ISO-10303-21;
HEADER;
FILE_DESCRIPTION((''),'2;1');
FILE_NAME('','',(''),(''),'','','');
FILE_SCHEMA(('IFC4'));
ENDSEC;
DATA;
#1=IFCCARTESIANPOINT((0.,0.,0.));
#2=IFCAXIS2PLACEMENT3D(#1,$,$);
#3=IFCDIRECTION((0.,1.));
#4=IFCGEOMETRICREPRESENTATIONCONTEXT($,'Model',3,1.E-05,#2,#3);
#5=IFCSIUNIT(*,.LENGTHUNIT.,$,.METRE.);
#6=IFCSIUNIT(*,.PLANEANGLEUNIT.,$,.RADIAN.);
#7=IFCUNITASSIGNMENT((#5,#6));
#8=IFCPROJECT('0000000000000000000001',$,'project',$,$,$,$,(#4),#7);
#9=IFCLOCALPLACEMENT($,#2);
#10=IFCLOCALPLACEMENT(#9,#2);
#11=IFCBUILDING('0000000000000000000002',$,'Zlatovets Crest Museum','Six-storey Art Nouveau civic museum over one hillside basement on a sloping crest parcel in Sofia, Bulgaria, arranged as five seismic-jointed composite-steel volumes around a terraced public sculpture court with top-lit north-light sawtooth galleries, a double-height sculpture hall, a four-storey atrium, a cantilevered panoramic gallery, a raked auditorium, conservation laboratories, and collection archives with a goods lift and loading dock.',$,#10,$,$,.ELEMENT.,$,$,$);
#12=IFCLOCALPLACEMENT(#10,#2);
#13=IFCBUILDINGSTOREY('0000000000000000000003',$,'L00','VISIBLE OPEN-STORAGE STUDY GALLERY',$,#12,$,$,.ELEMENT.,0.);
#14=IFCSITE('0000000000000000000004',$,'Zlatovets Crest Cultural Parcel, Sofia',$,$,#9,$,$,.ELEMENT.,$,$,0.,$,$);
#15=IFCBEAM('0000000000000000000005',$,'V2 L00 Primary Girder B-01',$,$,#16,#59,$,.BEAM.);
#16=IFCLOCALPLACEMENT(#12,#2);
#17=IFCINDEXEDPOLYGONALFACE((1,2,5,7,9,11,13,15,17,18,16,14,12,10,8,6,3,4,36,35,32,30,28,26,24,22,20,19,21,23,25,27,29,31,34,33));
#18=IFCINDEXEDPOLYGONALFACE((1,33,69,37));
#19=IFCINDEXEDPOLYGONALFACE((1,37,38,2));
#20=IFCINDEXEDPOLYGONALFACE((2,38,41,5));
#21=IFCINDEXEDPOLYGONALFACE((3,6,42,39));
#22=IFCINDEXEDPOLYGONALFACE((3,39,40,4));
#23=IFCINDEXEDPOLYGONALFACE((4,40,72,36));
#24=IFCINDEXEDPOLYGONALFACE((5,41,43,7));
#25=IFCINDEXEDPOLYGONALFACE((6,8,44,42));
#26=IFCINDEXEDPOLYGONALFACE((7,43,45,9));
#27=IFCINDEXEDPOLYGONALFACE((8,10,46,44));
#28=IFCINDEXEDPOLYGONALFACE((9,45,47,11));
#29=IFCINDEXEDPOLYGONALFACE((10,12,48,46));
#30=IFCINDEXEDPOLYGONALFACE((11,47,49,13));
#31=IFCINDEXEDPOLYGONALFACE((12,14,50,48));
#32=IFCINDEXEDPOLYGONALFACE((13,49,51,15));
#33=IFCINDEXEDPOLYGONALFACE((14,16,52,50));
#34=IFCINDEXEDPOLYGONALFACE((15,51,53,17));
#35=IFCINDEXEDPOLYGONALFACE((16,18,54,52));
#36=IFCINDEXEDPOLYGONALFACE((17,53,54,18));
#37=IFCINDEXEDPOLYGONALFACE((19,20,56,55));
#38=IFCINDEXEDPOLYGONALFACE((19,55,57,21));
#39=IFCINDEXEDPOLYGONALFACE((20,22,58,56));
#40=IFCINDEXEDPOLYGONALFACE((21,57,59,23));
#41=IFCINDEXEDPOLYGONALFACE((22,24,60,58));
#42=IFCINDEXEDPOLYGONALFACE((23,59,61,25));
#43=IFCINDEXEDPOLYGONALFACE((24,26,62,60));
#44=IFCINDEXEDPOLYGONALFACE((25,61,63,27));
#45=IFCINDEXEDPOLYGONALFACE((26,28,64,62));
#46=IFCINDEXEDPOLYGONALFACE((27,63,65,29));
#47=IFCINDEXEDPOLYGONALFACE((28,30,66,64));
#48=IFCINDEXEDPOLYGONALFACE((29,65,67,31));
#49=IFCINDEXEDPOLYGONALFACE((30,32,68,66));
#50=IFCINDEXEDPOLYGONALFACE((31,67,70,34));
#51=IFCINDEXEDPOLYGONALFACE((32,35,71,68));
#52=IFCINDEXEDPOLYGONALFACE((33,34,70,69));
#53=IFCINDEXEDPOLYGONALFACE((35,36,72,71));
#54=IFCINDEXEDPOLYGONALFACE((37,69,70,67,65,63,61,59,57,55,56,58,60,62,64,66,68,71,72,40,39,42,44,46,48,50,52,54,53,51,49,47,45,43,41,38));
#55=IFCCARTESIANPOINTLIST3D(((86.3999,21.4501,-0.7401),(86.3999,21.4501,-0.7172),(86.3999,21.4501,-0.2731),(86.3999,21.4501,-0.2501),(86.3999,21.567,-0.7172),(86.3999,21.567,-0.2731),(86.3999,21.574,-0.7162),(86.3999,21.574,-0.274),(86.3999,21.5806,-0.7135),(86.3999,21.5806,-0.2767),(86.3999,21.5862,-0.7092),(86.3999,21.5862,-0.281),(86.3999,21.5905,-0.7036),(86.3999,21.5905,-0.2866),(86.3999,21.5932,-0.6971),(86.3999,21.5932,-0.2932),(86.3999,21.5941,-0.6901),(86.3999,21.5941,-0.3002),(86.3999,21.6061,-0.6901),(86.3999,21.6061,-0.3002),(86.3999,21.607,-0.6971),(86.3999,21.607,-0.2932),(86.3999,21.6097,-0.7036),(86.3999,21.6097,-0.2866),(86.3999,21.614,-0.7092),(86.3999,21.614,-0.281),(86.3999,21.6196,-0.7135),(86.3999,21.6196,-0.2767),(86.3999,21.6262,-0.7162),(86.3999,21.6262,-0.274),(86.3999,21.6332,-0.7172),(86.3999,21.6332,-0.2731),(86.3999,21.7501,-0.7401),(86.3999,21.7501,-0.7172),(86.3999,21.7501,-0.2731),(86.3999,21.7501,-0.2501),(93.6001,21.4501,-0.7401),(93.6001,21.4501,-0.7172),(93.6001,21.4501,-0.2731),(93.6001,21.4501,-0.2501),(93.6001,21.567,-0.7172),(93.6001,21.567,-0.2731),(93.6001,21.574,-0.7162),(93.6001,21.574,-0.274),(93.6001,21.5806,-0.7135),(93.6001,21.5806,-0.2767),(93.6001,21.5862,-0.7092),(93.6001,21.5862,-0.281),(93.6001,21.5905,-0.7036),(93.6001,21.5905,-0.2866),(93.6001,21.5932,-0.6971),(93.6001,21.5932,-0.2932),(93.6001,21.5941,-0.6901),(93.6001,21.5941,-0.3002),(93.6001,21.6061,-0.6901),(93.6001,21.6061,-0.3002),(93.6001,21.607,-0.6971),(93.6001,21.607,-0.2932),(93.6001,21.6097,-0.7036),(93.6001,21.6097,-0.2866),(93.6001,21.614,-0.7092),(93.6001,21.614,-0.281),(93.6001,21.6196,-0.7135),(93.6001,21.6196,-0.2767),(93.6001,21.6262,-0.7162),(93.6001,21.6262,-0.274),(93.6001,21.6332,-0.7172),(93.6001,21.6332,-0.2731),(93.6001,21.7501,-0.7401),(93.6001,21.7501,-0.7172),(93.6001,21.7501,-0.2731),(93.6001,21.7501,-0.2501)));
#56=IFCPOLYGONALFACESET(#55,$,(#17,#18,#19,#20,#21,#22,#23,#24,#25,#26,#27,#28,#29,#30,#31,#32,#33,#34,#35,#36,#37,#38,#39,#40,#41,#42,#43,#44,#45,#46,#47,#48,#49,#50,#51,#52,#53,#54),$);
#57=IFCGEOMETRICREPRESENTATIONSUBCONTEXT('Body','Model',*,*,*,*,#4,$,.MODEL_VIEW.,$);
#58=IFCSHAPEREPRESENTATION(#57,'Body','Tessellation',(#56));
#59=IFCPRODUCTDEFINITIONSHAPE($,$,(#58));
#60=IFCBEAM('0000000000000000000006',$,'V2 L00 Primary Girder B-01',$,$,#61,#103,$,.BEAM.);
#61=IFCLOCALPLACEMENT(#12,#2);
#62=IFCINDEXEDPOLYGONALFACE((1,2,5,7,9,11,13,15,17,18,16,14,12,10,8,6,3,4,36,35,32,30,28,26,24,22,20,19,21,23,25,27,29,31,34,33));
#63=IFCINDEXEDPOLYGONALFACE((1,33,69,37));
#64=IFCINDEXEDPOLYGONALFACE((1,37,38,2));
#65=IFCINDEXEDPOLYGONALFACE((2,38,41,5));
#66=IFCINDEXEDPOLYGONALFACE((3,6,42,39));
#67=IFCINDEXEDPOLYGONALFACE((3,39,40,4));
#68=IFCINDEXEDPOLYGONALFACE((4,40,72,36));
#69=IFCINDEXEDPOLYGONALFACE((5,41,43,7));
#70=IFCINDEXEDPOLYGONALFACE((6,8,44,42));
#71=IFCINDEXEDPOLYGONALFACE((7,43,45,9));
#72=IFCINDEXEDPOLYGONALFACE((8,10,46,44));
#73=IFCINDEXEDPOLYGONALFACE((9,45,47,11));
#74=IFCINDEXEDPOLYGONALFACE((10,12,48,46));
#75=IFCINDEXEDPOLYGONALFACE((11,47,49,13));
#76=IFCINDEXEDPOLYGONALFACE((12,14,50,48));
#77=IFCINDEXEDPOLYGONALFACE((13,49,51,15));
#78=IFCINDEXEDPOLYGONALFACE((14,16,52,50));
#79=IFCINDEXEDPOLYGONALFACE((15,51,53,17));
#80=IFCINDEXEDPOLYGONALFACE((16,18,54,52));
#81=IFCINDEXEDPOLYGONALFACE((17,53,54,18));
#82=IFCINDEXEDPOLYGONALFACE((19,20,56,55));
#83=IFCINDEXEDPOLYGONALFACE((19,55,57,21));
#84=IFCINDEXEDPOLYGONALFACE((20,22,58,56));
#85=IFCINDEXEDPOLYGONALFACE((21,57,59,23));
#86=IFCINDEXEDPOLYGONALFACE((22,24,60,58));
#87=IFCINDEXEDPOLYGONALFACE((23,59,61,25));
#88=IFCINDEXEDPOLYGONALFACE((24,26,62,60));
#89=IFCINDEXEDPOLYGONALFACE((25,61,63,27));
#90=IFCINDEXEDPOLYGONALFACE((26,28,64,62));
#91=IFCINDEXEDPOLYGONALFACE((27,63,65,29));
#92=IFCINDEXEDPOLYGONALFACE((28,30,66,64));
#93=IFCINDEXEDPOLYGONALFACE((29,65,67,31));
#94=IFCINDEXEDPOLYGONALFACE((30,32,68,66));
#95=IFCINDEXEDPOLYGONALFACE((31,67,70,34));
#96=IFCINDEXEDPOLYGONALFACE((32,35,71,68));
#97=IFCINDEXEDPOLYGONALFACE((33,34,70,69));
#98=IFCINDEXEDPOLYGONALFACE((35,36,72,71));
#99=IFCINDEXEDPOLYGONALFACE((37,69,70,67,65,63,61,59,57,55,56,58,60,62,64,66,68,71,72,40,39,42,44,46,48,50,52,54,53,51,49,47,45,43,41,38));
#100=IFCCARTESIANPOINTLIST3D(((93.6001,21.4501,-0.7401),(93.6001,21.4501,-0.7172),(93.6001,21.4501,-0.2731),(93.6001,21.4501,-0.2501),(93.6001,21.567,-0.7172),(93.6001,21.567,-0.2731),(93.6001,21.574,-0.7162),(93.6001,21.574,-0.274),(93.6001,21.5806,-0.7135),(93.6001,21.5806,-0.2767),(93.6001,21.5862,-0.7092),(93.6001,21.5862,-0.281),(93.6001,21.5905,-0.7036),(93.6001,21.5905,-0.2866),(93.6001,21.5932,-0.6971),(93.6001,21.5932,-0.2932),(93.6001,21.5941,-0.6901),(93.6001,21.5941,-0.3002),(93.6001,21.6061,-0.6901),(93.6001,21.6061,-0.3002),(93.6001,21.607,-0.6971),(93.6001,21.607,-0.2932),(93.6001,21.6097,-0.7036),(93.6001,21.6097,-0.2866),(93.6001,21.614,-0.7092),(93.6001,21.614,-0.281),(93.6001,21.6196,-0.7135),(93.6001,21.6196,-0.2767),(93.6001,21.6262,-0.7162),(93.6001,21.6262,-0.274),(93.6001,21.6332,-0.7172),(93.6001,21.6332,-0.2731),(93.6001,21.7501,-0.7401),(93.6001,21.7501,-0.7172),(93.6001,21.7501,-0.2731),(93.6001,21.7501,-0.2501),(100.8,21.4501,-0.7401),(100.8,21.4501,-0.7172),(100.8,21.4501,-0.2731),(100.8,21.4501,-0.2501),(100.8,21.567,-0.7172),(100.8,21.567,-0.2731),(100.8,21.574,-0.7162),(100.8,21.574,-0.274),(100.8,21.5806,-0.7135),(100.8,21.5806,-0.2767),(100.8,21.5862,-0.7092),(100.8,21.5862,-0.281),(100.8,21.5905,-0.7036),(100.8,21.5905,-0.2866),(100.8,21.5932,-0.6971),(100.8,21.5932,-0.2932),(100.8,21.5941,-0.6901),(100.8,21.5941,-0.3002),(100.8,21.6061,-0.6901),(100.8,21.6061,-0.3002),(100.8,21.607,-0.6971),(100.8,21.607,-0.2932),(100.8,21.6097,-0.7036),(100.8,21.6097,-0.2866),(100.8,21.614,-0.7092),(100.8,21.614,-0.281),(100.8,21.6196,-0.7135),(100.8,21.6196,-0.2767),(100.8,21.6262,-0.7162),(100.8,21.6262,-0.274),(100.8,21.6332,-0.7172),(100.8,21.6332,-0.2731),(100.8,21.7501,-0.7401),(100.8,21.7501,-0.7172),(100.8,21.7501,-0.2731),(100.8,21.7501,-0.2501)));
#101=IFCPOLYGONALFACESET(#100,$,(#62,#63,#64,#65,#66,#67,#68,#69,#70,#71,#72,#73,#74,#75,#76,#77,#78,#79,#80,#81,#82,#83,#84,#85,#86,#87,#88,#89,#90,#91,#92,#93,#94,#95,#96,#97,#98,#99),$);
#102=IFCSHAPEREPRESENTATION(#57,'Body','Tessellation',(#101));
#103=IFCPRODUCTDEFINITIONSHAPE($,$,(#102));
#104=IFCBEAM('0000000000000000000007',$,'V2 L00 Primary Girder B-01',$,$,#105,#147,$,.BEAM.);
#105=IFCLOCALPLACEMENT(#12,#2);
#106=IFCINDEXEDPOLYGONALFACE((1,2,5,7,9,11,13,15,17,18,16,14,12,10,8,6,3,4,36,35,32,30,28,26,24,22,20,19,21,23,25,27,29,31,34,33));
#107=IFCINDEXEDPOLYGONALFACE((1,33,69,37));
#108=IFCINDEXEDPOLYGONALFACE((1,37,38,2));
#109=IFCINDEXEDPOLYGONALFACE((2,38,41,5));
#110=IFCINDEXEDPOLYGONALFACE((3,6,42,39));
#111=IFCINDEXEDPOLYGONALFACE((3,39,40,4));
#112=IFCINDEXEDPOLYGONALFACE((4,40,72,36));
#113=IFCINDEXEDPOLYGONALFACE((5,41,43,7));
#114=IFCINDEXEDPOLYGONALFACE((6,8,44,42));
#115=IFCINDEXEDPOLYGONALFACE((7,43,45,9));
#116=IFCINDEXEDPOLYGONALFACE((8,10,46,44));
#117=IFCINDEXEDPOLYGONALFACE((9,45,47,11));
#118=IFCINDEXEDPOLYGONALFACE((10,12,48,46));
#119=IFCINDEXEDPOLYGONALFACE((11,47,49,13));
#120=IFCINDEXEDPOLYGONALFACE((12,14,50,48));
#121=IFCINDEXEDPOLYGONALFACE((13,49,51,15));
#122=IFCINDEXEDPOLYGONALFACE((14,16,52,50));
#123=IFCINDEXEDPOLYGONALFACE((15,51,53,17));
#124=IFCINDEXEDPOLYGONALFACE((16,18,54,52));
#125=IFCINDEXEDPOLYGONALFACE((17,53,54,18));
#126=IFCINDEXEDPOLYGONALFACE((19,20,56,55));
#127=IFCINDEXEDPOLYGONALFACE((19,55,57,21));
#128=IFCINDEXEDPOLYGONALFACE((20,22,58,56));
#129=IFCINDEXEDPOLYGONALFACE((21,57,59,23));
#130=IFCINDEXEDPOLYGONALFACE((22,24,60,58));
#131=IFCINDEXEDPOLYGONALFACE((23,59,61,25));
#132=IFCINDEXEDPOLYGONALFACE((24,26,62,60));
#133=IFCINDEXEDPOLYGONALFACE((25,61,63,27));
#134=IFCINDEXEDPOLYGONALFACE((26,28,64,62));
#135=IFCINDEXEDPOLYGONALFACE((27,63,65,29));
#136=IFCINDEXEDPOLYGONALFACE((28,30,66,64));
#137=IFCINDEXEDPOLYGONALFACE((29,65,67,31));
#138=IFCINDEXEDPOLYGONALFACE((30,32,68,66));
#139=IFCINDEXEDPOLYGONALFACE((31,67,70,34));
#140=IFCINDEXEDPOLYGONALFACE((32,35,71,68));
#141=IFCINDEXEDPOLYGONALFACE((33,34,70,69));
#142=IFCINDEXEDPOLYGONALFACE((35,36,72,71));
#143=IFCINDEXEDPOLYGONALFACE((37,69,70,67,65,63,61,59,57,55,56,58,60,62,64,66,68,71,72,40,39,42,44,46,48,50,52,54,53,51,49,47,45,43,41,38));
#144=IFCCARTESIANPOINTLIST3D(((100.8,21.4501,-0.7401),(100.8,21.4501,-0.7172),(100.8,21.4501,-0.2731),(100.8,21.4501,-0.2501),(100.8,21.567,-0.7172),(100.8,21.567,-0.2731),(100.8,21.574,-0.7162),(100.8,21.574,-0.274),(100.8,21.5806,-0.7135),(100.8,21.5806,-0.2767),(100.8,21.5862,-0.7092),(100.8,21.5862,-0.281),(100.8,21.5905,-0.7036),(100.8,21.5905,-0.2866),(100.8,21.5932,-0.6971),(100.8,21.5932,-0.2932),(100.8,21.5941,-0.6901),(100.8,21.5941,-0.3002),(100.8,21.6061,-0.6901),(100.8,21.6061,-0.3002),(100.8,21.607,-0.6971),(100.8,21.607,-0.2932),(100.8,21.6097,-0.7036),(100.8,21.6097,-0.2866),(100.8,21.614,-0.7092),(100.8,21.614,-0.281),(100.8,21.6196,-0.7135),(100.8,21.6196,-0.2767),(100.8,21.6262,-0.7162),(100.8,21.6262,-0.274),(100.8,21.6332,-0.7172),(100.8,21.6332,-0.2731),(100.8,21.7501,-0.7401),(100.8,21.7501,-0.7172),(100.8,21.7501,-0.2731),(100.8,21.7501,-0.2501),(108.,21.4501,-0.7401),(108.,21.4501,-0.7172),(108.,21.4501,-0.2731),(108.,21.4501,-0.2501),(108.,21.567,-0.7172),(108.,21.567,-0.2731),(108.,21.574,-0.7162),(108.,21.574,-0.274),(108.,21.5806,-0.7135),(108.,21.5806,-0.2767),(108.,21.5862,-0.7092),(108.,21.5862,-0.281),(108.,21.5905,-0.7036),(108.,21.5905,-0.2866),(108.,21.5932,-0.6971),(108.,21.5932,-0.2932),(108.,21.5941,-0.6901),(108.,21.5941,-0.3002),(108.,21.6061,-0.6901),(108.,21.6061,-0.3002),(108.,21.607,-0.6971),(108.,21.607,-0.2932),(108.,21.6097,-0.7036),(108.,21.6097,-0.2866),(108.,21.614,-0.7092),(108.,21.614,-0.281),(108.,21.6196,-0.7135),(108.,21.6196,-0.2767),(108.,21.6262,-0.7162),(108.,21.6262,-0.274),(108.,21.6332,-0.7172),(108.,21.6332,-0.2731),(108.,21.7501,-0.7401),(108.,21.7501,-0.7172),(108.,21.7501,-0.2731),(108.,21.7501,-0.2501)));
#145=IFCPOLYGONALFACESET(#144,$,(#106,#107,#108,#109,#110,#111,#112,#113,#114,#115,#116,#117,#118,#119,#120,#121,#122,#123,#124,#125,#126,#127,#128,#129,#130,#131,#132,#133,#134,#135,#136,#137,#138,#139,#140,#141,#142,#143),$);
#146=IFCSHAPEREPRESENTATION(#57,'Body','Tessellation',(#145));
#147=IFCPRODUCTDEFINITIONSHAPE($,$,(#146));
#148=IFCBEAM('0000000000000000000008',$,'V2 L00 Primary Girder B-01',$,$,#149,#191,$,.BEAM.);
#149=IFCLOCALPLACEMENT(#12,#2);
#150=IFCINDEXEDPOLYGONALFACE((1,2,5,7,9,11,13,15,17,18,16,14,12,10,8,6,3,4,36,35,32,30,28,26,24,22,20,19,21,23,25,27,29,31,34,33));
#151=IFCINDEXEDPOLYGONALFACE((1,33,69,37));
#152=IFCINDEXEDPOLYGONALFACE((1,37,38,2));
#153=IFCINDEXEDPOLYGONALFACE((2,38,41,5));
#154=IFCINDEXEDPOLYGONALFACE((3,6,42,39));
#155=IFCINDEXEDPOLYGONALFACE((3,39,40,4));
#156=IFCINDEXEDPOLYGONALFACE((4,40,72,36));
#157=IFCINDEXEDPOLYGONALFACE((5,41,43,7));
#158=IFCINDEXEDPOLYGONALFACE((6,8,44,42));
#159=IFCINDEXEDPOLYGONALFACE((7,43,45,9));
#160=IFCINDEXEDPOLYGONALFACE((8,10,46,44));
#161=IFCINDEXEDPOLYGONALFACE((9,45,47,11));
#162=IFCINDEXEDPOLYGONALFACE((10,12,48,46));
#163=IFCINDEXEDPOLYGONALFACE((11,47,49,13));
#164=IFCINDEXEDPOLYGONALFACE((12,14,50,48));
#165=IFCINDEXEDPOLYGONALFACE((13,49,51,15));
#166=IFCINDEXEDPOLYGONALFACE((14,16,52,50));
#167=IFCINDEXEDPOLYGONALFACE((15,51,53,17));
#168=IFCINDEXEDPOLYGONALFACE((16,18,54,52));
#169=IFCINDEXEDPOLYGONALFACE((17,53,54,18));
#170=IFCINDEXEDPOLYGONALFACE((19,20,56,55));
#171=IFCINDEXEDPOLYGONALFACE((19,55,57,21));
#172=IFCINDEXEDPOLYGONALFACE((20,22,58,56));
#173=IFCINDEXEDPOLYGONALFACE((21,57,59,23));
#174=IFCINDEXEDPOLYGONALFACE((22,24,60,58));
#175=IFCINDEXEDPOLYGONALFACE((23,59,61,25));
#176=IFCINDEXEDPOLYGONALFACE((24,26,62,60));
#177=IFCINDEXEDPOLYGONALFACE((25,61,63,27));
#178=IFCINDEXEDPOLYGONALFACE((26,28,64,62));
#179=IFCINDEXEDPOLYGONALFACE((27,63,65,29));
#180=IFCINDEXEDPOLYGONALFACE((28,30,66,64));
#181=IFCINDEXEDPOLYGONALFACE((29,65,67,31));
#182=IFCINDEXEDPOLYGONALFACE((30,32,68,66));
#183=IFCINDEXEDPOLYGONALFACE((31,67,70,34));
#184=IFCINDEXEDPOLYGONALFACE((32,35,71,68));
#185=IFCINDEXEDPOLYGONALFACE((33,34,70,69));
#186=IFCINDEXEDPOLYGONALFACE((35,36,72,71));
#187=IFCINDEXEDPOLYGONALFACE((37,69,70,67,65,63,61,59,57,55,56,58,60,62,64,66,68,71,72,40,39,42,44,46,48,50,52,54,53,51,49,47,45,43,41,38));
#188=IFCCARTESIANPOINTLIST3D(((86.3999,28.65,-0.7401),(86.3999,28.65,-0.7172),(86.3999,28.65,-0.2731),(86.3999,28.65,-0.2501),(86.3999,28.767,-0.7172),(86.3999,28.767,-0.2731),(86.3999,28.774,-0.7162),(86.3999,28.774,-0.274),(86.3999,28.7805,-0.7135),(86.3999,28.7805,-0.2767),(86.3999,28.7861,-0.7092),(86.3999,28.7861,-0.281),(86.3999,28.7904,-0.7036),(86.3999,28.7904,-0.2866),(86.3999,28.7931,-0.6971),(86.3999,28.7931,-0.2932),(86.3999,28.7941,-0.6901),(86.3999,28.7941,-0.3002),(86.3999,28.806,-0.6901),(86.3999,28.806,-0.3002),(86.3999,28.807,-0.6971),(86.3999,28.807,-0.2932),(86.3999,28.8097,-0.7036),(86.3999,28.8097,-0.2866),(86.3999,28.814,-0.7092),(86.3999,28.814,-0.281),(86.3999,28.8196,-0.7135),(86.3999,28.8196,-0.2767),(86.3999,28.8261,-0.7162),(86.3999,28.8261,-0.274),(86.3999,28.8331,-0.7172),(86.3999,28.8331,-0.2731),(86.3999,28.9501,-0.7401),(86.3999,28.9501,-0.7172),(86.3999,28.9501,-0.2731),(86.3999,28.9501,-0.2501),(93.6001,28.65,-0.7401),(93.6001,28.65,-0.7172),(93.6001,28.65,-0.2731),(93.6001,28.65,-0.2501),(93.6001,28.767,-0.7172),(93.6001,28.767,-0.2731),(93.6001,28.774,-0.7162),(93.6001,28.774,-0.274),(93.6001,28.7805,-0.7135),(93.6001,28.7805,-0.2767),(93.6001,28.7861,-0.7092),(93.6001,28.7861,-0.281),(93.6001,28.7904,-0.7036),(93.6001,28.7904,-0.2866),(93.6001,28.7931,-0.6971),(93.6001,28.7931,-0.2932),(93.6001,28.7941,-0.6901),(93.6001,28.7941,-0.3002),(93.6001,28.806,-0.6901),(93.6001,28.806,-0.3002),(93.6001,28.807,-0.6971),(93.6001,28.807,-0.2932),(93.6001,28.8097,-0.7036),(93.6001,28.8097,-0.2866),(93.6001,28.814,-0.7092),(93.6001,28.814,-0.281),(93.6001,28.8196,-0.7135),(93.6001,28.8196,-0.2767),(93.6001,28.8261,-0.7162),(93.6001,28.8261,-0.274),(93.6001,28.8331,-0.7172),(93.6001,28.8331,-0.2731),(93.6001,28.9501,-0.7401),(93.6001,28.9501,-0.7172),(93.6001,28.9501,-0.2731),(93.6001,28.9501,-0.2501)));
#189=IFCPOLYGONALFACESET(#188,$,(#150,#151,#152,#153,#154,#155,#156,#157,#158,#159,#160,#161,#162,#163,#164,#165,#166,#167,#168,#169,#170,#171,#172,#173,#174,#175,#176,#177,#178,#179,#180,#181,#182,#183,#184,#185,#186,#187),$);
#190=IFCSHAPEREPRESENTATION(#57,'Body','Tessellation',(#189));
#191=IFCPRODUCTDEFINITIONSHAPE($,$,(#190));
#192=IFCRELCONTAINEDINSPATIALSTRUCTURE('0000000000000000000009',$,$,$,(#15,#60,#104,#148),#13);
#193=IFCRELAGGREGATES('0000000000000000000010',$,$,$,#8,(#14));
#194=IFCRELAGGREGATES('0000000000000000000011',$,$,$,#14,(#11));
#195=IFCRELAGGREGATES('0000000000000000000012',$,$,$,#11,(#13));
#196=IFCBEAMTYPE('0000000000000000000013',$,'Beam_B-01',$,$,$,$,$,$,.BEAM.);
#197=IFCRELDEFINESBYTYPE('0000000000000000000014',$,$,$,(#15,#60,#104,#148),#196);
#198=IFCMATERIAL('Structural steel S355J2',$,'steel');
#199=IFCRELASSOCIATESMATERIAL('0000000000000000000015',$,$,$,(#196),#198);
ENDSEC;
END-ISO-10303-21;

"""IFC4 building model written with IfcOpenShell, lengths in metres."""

from ifc_helpers import new_model, si_unit, direction, frame, origin, origin_2d, place, context, subcontext, project, spatial, i_section, extrude, material, material_profile, profile_set, type_object, element, save


model = new_model("IFC4")

# Units and contexts
model_context = context("Model", 3, precision=1e-05, world=origin(), true_north=direction((0.0, 1.0)))
body_context = subcontext(model_context, "Body", "Model", "MODEL_VIEW")
ifc_project = project(units=[si_unit("LENGTHUNIT", "METRE"), si_unit("PLANEANGLEUNIT", "RADIAN")], contexts=[model_context])

# Site, building, storey
site_placement = place(None, origin())
site = spatial("IfcSite", under=ifc_project, at=site_placement, Name="Zlatovets Crest Cultural Parcel, Sofia", CompositionType="ELEMENT", RefElevation=0.0)
building_placement = place(site_placement, origin())
building = spatial("IfcBuilding", under=site, at=building_placement, Name="Zlatovets Crest Museum", Description="Six-storey Art Nouveau civic museum over one hillside basement on a sloping crest parcel in Sofia, Bulgaria, arranged as five seismic-jointed composite-steel volumes around a terraced public sculpture court with top-lit north-light sawtooth galleries, a double-height sculpture hall, a four-storey atrium, a cantilevered panoramic gallery, a raked auditorium, conservation laboratories, and collection archives with a goods lift and loading dock.", CompositionType="ELEMENT")
storey_placement = place(building_placement, origin())
storey = spatial("IfcBuildingStorey", under=building, at=storey_placement, Name="L00", Description="VISIBLE OPEN-STORAGE STUDY GALLERY", CompositionType="ELEMENT", Elevation=0.0)

# Shared definitions
ifc_material_1 = material(Name="Structural steel S355J2", Category="steel")

# Beams
ifc_material_profile_1 = material_profile(ifc_material_1, i_section(OverallWidth=0.3, OverallDepth=0.49, WebThickness=0.012, FlangeThickness=0.0229, FilletRadius=0.0271, at=origin_2d()), Name="HEA 500")
ifc_profile_set_1 = profile_set([ifc_material_profile_1], Name="Structural steel S355J2")
beam_type_1 = type_object("IfcBeamType", Name="Beam_B-01", PredefinedType="BEAM", material=ifc_profile_set_1)
beam_1_placement = place(storey_placement, frame((86.3999, 21.6001, -0.4951), z_axis=(1.0, 0.0, 0.0), x_axis=(0.0, 1.0, 0.0)))
element("IfcBeam", 1, at=beam_1_placement, inside=storey, type_object=beam_type_1, Name="V2 L00 Primary Girder B-01", PredefinedType="BEAM", context=body_context, shape_type="SweptSolid", body=[
    extrude(i_section(OverallWidth=0.3, OverallDepth=0.49, WebThickness=0.012, FlangeThickness=0.0229, FilletRadius=0.0271, at=origin_2d()), origin(), (0.0, 0.0, 1.0), 7.2002),
])
for number, where, z_axis, x_axis, name in (
    (2, (93.6001, 21.6001, -0.4951), (1.0, 0.0, 0.0), (0.0, 1.0, 0.0), "V2 L00 Primary Girder B-01"),
    (3, (100.8, 21.6001, -0.4951), (1.0, 0.0, 0.0), (0.0, 1.0, 0.0), "V2 L00 Primary Girder B-01"),
):
    element("IfcBeam", number, at=place(storey_placement, frame(where, z_axis=z_axis, x_axis=x_axis)), inside=storey, type_object=beam_type_1, Name=name, PredefinedType="BEAM", context=body_context, shape_type="SweptSolid", body=[
        extrude(i_section(OverallWidth=0.3, OverallDepth=0.49, WebThickness=0.012, FlangeThickness=0.0229, FilletRadius=0.0271, at=origin_2d()), origin(), (0.0, 0.0, 1.0), 7.2),
    ])
beam_2_placement = place(storey_placement, frame((86.3999, 28.8, -0.4951), z_axis=(1.0, 0.0, 0.0), x_axis=(0.0, 1.0, 0.0)))
element("IfcBeam", 4, at=beam_2_placement, inside=storey, type_object=beam_type_1, Name="V2 L00 Primary Girder B-01", PredefinedType="BEAM", context=body_context, shape_type="SweptSolid", body=[
    extrude(i_section(OverallWidth=0.3, OverallDepth=0.49, WebThickness=0.012, FlangeThickness=0.0229, FilletRadius=0.0271, at=origin_2d()), origin(), (0.0, 0.0, 1.0), 7.2002),
])

save(model, "model.ifc")
